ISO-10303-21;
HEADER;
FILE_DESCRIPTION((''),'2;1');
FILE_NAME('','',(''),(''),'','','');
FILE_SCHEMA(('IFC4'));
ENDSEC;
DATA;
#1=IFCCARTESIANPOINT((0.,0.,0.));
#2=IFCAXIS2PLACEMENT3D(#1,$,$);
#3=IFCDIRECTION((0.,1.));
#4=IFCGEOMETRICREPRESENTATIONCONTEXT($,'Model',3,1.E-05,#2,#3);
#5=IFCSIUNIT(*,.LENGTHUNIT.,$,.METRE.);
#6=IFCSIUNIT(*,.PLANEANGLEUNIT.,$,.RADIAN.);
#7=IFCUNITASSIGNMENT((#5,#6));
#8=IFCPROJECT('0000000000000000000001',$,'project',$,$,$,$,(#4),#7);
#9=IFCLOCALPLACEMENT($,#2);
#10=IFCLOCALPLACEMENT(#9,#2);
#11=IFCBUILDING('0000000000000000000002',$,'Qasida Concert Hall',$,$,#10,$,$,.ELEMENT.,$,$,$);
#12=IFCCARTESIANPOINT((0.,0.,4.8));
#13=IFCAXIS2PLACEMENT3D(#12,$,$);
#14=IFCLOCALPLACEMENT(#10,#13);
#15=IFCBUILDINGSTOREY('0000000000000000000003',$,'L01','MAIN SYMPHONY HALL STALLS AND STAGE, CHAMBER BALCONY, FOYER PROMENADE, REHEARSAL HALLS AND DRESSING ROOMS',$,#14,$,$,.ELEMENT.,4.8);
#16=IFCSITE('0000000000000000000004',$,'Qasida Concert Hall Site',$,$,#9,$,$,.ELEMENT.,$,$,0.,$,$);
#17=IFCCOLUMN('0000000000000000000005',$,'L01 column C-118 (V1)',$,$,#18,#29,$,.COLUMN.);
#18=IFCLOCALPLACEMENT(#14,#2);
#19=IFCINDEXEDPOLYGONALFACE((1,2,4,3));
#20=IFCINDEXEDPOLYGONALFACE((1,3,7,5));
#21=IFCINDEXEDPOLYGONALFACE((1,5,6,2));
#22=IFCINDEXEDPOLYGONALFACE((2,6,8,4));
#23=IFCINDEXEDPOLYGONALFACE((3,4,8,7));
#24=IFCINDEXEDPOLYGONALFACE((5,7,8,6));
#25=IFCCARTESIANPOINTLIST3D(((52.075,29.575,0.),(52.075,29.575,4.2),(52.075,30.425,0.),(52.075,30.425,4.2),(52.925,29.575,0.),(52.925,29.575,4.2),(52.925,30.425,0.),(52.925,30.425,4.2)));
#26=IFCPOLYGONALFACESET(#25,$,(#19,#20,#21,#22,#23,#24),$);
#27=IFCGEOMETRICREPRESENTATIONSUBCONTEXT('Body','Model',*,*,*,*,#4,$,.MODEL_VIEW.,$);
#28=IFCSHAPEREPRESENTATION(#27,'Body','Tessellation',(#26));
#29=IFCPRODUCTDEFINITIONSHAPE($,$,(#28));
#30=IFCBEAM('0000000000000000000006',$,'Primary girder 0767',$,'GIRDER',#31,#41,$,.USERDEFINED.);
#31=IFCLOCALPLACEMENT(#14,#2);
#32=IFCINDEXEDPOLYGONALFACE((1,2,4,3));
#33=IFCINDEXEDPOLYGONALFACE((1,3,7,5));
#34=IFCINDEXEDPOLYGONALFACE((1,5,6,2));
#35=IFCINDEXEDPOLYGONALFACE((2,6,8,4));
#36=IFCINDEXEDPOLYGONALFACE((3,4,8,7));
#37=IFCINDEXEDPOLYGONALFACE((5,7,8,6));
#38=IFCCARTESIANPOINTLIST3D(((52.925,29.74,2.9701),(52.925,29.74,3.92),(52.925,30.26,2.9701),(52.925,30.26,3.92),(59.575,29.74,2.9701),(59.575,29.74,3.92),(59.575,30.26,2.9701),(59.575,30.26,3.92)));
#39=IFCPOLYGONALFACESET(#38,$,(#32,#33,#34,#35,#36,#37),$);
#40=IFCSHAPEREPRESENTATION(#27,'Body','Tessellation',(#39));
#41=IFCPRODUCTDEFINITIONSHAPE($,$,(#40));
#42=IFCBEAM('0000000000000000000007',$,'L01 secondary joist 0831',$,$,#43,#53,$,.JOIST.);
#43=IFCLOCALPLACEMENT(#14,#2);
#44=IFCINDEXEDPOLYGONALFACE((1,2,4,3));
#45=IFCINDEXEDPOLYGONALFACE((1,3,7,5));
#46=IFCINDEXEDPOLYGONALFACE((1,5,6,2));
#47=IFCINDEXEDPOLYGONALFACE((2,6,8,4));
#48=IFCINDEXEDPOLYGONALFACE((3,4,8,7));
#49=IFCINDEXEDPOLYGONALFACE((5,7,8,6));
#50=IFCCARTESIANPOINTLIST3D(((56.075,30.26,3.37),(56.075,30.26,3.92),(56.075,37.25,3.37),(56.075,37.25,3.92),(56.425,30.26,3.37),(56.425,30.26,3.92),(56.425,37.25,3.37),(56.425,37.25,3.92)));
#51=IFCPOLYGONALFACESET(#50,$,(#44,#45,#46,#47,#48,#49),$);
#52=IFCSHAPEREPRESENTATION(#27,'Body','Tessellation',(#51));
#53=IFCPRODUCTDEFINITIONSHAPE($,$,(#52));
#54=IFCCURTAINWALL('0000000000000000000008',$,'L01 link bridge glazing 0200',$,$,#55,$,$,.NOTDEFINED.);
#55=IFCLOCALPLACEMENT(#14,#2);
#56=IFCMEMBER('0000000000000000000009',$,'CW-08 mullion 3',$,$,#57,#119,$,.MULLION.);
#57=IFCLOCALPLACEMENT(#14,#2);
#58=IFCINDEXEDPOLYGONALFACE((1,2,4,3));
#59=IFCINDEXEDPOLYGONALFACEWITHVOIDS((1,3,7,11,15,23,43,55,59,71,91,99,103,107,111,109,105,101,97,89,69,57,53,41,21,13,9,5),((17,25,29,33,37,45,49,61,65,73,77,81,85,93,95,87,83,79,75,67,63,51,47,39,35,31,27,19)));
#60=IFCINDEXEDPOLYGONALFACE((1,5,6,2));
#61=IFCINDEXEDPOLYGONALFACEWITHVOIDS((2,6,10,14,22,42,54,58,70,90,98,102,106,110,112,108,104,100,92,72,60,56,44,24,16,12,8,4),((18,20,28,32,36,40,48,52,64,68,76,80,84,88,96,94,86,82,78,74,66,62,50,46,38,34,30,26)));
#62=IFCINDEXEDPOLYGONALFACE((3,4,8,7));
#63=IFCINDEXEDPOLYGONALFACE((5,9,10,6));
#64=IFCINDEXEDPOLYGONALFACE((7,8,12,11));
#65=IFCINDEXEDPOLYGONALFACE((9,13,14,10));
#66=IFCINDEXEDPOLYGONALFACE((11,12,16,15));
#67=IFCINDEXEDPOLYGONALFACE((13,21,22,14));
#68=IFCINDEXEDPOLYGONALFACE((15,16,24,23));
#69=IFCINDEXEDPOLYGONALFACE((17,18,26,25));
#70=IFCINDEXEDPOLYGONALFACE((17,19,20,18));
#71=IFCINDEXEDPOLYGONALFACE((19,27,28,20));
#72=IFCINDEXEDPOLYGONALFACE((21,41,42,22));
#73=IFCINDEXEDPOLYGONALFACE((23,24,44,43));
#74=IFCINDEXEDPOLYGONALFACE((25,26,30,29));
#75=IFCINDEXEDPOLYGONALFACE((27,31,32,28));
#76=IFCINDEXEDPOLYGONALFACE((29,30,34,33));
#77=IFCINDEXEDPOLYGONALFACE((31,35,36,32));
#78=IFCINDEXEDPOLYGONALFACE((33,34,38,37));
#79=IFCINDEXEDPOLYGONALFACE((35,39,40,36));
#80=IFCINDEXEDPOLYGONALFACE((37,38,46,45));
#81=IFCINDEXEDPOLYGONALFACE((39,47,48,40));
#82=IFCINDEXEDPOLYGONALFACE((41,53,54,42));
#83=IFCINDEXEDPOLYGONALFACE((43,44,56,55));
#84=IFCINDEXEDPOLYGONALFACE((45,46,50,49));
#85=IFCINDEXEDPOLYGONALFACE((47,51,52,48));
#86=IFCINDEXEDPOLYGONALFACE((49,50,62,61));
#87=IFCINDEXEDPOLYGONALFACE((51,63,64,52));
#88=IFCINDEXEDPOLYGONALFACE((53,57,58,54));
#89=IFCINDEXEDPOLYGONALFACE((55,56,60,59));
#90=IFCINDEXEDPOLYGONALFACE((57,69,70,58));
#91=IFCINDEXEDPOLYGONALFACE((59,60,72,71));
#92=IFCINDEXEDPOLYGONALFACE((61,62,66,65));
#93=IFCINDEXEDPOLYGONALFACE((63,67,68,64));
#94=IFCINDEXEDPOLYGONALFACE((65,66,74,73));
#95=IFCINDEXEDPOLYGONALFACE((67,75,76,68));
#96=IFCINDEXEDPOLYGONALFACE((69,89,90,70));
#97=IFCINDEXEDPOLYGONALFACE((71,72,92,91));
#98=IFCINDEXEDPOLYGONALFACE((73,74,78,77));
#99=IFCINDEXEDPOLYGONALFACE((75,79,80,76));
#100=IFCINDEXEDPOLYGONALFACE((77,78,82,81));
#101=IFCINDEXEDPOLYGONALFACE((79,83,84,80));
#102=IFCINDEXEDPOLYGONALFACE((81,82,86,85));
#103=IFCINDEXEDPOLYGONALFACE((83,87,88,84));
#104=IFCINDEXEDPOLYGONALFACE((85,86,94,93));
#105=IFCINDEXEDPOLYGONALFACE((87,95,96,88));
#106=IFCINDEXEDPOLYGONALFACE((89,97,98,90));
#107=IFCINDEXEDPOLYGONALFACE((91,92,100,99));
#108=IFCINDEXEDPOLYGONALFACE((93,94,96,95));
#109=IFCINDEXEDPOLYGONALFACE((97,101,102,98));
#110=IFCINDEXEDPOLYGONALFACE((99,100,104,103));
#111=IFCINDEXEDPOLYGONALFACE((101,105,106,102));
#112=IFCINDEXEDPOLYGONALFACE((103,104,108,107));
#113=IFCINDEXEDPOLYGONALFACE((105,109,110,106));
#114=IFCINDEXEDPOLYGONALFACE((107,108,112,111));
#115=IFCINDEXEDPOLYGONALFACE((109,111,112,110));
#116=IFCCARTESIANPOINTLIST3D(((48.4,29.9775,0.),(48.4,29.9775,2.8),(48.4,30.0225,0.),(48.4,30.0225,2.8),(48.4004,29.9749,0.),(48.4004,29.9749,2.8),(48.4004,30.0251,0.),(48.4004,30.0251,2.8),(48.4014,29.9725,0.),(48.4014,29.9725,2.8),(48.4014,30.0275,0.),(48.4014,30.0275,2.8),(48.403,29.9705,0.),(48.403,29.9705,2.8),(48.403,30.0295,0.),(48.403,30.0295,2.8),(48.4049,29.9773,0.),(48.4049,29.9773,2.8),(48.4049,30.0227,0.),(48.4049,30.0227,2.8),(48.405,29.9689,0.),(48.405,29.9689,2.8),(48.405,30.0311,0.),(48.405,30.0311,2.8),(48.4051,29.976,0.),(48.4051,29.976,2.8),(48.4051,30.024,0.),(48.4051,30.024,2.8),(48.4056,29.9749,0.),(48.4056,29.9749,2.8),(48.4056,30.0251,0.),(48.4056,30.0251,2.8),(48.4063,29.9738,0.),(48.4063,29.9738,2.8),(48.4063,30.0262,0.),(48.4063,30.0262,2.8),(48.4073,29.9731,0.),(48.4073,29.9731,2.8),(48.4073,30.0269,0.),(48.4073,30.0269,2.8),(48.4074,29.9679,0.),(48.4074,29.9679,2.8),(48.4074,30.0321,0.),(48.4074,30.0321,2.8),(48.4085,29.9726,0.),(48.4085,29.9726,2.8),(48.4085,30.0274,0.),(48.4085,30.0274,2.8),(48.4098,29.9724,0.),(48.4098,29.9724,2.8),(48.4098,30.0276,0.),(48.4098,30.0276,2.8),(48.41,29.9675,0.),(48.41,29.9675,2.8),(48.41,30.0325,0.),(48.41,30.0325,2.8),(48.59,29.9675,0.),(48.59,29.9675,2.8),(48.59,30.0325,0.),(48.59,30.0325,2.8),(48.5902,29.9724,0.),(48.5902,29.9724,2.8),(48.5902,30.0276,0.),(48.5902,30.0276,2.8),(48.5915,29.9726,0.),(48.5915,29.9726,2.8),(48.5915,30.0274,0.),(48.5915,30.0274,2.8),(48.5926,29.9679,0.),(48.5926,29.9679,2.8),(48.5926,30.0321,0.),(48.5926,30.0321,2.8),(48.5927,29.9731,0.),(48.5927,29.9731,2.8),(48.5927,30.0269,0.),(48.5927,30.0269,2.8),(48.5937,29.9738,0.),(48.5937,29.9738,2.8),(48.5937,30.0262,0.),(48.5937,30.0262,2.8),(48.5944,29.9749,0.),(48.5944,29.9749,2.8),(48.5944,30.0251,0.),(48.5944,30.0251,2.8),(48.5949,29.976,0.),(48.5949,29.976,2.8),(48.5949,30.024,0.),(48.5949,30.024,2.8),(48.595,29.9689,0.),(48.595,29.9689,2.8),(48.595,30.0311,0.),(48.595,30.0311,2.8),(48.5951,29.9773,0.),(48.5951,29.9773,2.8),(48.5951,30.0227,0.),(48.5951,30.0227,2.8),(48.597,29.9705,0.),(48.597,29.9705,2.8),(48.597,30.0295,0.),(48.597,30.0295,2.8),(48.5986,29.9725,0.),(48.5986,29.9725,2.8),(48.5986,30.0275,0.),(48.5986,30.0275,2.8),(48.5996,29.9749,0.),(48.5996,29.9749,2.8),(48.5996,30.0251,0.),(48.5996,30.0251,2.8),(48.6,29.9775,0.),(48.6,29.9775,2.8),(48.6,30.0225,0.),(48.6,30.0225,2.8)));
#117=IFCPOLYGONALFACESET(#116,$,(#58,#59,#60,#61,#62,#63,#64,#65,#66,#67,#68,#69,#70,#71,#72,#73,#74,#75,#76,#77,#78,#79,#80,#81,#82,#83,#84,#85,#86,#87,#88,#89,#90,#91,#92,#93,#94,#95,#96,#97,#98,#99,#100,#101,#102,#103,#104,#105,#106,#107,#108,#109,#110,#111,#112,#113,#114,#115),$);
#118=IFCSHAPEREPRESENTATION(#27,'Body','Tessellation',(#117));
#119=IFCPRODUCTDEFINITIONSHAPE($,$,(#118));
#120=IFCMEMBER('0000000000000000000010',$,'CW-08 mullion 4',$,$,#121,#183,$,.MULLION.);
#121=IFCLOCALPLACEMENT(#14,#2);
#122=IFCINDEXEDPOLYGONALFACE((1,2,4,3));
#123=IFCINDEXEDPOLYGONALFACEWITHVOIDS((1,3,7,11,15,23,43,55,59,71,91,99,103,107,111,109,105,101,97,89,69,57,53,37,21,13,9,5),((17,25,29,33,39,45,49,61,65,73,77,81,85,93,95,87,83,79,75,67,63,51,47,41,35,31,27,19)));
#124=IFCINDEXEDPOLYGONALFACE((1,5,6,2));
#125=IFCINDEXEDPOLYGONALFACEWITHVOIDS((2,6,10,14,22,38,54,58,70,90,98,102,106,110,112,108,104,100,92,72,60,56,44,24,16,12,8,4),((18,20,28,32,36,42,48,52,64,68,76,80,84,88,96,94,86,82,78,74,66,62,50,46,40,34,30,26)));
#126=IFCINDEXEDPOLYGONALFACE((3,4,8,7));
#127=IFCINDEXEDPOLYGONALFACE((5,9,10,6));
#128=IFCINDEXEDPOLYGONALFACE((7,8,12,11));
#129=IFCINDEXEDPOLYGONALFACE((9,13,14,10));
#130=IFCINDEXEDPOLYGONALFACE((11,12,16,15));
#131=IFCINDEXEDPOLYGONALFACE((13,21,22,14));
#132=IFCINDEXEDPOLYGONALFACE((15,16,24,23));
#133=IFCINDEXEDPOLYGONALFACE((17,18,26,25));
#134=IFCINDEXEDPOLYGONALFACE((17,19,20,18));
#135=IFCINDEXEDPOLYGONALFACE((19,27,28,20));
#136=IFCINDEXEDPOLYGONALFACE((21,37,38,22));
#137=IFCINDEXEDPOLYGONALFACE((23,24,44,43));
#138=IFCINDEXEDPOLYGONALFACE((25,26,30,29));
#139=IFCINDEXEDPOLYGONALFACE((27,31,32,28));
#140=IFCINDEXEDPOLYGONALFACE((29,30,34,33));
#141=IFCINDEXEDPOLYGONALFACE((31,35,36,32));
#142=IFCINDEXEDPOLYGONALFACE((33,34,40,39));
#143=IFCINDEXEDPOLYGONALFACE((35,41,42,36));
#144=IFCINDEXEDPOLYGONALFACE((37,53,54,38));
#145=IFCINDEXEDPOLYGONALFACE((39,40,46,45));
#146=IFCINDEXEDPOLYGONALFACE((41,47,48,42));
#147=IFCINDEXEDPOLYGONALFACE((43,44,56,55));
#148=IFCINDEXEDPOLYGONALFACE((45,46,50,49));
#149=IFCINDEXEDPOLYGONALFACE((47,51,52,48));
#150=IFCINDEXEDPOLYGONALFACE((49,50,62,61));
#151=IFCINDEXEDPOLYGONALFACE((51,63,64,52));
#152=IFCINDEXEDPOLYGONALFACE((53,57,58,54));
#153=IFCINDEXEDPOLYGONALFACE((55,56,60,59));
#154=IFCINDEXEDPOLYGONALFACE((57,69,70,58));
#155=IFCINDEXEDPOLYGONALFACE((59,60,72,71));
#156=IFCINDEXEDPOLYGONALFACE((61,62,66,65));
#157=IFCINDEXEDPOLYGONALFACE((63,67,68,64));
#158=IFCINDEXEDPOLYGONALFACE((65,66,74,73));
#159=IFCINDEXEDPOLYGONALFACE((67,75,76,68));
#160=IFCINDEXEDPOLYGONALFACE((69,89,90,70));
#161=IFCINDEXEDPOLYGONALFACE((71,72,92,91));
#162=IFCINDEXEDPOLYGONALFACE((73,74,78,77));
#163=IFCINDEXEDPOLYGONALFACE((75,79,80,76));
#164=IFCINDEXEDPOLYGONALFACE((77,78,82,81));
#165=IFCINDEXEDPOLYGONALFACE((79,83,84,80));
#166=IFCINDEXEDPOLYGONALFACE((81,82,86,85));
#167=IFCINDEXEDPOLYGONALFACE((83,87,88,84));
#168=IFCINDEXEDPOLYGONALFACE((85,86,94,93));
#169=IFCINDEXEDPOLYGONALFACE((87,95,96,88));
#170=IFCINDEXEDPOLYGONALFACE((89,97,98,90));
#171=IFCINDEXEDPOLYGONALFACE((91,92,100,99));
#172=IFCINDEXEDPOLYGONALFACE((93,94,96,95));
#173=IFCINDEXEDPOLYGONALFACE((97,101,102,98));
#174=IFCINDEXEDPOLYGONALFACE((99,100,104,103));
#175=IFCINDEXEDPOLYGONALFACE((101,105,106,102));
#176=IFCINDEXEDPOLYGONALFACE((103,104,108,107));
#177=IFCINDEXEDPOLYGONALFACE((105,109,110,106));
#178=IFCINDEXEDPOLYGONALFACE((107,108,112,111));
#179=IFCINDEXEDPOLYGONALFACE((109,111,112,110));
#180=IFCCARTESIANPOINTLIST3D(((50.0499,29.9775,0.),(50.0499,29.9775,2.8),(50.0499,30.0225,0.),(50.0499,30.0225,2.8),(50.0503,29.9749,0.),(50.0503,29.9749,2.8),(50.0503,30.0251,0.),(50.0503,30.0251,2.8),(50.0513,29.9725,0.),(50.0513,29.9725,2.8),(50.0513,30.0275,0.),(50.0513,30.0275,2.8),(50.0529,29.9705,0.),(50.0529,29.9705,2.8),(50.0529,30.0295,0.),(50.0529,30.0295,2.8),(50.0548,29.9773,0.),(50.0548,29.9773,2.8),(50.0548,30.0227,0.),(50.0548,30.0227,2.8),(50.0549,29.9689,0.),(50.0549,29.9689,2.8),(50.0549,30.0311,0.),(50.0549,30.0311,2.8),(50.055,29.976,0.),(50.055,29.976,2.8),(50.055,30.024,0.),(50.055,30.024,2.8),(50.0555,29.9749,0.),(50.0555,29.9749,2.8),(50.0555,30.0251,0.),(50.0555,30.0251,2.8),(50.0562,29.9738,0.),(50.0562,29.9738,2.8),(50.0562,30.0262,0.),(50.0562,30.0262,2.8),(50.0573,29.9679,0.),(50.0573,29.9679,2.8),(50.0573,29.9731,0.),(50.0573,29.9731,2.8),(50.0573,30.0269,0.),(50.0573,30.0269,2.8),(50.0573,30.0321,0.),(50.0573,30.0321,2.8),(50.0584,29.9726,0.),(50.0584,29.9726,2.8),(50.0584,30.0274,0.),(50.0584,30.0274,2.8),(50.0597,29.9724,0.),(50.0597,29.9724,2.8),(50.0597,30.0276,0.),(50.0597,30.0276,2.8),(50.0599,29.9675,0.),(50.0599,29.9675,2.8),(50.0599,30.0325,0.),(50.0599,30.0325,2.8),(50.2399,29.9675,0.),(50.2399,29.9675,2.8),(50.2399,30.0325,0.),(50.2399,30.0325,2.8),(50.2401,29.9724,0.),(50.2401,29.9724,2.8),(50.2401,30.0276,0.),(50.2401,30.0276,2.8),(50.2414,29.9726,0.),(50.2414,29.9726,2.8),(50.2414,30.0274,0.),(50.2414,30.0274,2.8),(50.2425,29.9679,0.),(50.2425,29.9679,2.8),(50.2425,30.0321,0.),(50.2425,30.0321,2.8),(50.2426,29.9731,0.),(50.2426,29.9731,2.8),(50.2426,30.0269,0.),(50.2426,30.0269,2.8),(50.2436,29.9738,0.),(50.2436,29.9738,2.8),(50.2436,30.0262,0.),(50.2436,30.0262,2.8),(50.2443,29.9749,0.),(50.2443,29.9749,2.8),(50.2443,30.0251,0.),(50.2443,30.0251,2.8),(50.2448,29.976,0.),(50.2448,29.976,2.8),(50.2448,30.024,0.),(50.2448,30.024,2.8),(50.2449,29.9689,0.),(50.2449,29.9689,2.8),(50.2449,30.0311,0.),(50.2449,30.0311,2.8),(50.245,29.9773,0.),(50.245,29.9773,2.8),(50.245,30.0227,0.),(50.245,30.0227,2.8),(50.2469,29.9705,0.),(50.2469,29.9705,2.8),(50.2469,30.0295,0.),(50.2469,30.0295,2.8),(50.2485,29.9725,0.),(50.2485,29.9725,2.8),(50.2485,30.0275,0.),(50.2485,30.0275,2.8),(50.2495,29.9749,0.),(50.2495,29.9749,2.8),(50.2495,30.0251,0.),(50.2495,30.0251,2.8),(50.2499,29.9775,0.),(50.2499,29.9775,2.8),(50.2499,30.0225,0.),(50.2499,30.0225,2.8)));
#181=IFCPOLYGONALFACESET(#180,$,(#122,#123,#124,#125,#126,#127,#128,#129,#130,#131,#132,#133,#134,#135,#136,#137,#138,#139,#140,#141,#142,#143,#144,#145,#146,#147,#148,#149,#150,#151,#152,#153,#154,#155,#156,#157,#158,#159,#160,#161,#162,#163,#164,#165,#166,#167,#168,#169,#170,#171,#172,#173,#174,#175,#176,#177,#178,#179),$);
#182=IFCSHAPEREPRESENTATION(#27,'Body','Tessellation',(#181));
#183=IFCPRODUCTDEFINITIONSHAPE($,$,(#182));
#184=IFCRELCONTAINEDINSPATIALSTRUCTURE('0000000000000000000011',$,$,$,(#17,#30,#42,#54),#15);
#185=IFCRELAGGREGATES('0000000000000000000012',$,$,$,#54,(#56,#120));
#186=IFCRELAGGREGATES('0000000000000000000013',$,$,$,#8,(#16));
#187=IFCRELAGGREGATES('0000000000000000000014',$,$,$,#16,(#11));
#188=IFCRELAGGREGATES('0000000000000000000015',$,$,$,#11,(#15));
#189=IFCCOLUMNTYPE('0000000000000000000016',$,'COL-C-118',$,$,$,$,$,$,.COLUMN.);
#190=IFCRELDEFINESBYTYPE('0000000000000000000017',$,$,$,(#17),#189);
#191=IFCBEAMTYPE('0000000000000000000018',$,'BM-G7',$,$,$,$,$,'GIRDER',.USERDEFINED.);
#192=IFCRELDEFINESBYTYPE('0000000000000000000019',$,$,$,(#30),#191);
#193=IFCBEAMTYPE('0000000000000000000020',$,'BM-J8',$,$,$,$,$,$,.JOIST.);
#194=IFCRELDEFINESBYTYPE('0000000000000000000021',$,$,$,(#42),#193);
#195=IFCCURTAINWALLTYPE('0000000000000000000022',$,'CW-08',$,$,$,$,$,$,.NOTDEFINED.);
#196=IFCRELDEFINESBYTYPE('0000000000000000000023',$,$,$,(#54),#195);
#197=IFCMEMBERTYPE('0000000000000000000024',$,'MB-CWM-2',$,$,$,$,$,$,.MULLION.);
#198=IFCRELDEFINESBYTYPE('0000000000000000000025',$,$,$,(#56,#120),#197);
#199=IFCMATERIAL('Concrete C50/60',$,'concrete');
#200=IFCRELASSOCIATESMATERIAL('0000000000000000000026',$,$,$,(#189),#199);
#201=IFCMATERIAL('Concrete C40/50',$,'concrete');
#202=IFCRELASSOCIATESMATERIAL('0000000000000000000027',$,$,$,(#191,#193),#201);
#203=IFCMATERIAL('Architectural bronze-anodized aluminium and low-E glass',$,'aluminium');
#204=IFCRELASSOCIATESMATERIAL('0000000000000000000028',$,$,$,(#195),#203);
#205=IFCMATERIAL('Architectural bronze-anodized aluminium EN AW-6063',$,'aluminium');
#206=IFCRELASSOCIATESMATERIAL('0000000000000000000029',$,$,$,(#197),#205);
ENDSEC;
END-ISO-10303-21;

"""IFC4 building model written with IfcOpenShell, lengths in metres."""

from ifc_helpers import new_model, si_unit, direction, frame, origin, origin_2d, place, context, subcontext, project, spatial, rectangle, hollow_rectangle, extrude, material, material_profile, profile_set, type_object, element, aggregate, save


model = new_model("IFC4")

# Units and contexts
model_context = context("Model", 3, precision=1e-05, world=origin(), true_north=direction((0.0, 1.0)))
body_context = subcontext(model_context, "Body", "Model", "MODEL_VIEW")
ifc_project = project(units=[si_unit("LENGTHUNIT", "METRE"), si_unit("PLANEANGLEUNIT", "RADIAN")], contexts=[model_context])

# Site, building, storey
site_placement = place(None, origin())
site = spatial("IfcSite", under=ifc_project, at=site_placement, Name="Qasida Concert Hall Site", CompositionType="ELEMENT", RefElevation=0.0)
building_placement = place(site_placement, origin())
building = spatial("IfcBuilding", under=site, at=building_placement, Name="Qasida Concert Hall", CompositionType="ELEMENT")
storey_placement = place(building_placement, frame((0.0, 0.0, 4.8)))
storey = spatial("IfcBuildingStorey", under=building, at=storey_placement, Name="L01", Description="MAIN SYMPHONY HALL STALLS AND STAGE, CHAMBER BALCONY, FOYER PROMENADE, REHEARSAL HALLS AND DRESSING ROOMS", CompositionType="ELEMENT", Elevation=4.8)

# Column
ifc_material_1 = material(Name="Concrete C50/60", Category="concrete")
ifc_material_profile_1 = material_profile(ifc_material_1, rectangle(XDim=0.8501, YDim=0.8501, at=origin_2d()), Name="RC 850x850")
ifc_profile_set_1 = profile_set([ifc_material_profile_1], Name="Concrete C50/60")
column_type = type_object("IfcColumnType", Name="COL-C-118", PredefinedType="COLUMN", material=ifc_profile_set_1)
column_placement = place(storey_placement, frame((52.5, 30.0, 0.0), z_axis=(0.0, 0.0, 1.0), x_axis=(1.0, 0.0, 0.0)))
element("IfcColumn", 1, at=column_placement, inside=storey, type_object=column_type, Name="L01 column C-118 (V1)", PredefinedType="COLUMN", context=body_context, shape_type="SweptSolid", body=[
    extrude(rectangle(XDim=0.8501, YDim=0.8501, at=origin_2d()), origin(), (0.0, 0.0, 1.0), 4.2),
])

# Beams
ifc_material_2 = material(Name="Concrete C40/50", Category="concrete")
ifc_material_profile_2 = material_profile(ifc_material_2, rectangle(XDim=0.52, YDim=0.95, at=origin_2d()), Name="RC 520x950")
ifc_profile_set_2 = profile_set([ifc_material_profile_2], Name="Concrete C40/50")
beam_type_1 = type_object("IfcBeamType", Name="BM-G7", ElementType="GIRDER", PredefinedType="USERDEFINED", material=ifc_profile_set_2)
beam_1_placement = place(storey_placement, frame((52.925, 30.0, 3.4451), z_axis=(1.0, 0.0, 0.0), x_axis=(0.0, 1.0, 0.0)))
element("IfcBeam", 2, at=beam_1_placement, inside=storey, type_object=beam_type_1, Name="Primary girder 0767", ObjectType="GIRDER", PredefinedType="USERDEFINED", context=body_context, shape_type="SweptSolid", body=[
    extrude(rectangle(XDim=0.52, YDim=0.95, at=origin_2d()), origin(), (0.0, 0.0, 1.0), 6.6499),
])
ifc_material_profile_3 = material_profile(ifc_material_2, rectangle(XDim=0.3501, YDim=0.55, at=origin_2d()), Name="RC 350x550")
ifc_profile_set_3 = profile_set([ifc_material_profile_3], Name="Concrete C40/50")
beam_type_2 = type_object("IfcBeamType", Name="BM-J8", PredefinedType="JOIST", material=ifc_profile_set_3)
beam_2_placement = place(storey_placement, frame((56.25, 30.26, 3.645), z_axis=(0.0, 1.0, 0.0), x_axis=(-1.0, 0.0, 0.0)))
element("IfcBeam", 3, at=beam_2_placement, inside=storey, type_object=beam_type_2, Name="L01 secondary joist 0831", PredefinedType="JOIST", context=body_context, shape_type="SweptSolid", body=[
    extrude(rectangle(XDim=0.3501, YDim=0.55, at=origin_2d()), origin(), (0.0, 0.0, 1.0), 6.99),
])

# Curtain wall, members
ifc_material_3 = material(Name="Architectural bronze-anodized aluminium and low-E glass", Category="aluminium")
curtain_wall_type = type_object("IfcCurtainWallType", Name="CW-08", PredefinedType="NOTDEFINED", material=ifc_material_3)
curtain_wall_1_placement = place(storey_placement, origin())
curtain_wall_1 = element("IfcCurtainWall", 4, at=curtain_wall_1_placement, inside=storey, type_object=curtain_wall_type, Name="L01 link bridge glazing 0200", PredefinedType="NOTDEFINED")
ifc_material_4 = material(Name="Architectural bronze-anodized aluminium EN AW-6063", Category="aluminium")
ifc_material_profile_4 = material_profile(ifc_material_4, hollow_rectangle(XDim=0.0649, YDim=0.2, WallThickness=0.0049, InnerFilletRadius=0.0049, OuterFilletRadius=0.01, at=origin_2d()), Name="CWM 200x65x5")
ifc_profile_set_4 = profile_set([ifc_material_profile_4], Name="Architectural bronze-anodized aluminium EN AW-6063")
member_type_1 = type_object("IfcMemberType", Name="MB-CWM-2", PredefinedType="MULLION", material=ifc_profile_set_4)
member_1_placement = place(storey_placement, frame((48.5, 30.0, 0.0), z_axis=(0.0, 0.0, 1.0), x_axis=(0.0, 1.0, 0.0)))
member_1 = element("IfcMember", 5, at=member_1_placement, type_object=member_type_1, Name="CW-08 mullion 3", PredefinedType="MULLION", context=body_context, shape_type="SweptSolid", body=[
    extrude(hollow_rectangle(XDim=0.0649, YDim=0.2, WallThickness=0.0049, InnerFilletRadius=0.0049, OuterFilletRadius=0.01, at=origin_2d()), origin(), (0.0, 0.0, 1.0), 2.8),
])
member_2_placement = place(storey_placement, frame((50.1499, 30.0, 0.0), z_axis=(0.0, 0.0, 1.0), x_axis=(0.0, 1.0, 0.0)))
member_2 = element("IfcMember", 6, at=member_2_placement, type_object=member_type_1, Name="CW-08 mullion 4", PredefinedType="MULLION", context=body_context, shape_type="SweptSolid", body=[
    extrude(hollow_rectangle(XDim=0.0649, YDim=0.2, WallThickness=0.0049, InnerFilletRadius=0.0049, OuterFilletRadius=0.01, at=origin_2d()), origin(), (0.0, 0.0, 1.0), 2.8),
])
aggregate(curtain_wall_1, [member_1, member_2])

save(model, "model.ifc")
